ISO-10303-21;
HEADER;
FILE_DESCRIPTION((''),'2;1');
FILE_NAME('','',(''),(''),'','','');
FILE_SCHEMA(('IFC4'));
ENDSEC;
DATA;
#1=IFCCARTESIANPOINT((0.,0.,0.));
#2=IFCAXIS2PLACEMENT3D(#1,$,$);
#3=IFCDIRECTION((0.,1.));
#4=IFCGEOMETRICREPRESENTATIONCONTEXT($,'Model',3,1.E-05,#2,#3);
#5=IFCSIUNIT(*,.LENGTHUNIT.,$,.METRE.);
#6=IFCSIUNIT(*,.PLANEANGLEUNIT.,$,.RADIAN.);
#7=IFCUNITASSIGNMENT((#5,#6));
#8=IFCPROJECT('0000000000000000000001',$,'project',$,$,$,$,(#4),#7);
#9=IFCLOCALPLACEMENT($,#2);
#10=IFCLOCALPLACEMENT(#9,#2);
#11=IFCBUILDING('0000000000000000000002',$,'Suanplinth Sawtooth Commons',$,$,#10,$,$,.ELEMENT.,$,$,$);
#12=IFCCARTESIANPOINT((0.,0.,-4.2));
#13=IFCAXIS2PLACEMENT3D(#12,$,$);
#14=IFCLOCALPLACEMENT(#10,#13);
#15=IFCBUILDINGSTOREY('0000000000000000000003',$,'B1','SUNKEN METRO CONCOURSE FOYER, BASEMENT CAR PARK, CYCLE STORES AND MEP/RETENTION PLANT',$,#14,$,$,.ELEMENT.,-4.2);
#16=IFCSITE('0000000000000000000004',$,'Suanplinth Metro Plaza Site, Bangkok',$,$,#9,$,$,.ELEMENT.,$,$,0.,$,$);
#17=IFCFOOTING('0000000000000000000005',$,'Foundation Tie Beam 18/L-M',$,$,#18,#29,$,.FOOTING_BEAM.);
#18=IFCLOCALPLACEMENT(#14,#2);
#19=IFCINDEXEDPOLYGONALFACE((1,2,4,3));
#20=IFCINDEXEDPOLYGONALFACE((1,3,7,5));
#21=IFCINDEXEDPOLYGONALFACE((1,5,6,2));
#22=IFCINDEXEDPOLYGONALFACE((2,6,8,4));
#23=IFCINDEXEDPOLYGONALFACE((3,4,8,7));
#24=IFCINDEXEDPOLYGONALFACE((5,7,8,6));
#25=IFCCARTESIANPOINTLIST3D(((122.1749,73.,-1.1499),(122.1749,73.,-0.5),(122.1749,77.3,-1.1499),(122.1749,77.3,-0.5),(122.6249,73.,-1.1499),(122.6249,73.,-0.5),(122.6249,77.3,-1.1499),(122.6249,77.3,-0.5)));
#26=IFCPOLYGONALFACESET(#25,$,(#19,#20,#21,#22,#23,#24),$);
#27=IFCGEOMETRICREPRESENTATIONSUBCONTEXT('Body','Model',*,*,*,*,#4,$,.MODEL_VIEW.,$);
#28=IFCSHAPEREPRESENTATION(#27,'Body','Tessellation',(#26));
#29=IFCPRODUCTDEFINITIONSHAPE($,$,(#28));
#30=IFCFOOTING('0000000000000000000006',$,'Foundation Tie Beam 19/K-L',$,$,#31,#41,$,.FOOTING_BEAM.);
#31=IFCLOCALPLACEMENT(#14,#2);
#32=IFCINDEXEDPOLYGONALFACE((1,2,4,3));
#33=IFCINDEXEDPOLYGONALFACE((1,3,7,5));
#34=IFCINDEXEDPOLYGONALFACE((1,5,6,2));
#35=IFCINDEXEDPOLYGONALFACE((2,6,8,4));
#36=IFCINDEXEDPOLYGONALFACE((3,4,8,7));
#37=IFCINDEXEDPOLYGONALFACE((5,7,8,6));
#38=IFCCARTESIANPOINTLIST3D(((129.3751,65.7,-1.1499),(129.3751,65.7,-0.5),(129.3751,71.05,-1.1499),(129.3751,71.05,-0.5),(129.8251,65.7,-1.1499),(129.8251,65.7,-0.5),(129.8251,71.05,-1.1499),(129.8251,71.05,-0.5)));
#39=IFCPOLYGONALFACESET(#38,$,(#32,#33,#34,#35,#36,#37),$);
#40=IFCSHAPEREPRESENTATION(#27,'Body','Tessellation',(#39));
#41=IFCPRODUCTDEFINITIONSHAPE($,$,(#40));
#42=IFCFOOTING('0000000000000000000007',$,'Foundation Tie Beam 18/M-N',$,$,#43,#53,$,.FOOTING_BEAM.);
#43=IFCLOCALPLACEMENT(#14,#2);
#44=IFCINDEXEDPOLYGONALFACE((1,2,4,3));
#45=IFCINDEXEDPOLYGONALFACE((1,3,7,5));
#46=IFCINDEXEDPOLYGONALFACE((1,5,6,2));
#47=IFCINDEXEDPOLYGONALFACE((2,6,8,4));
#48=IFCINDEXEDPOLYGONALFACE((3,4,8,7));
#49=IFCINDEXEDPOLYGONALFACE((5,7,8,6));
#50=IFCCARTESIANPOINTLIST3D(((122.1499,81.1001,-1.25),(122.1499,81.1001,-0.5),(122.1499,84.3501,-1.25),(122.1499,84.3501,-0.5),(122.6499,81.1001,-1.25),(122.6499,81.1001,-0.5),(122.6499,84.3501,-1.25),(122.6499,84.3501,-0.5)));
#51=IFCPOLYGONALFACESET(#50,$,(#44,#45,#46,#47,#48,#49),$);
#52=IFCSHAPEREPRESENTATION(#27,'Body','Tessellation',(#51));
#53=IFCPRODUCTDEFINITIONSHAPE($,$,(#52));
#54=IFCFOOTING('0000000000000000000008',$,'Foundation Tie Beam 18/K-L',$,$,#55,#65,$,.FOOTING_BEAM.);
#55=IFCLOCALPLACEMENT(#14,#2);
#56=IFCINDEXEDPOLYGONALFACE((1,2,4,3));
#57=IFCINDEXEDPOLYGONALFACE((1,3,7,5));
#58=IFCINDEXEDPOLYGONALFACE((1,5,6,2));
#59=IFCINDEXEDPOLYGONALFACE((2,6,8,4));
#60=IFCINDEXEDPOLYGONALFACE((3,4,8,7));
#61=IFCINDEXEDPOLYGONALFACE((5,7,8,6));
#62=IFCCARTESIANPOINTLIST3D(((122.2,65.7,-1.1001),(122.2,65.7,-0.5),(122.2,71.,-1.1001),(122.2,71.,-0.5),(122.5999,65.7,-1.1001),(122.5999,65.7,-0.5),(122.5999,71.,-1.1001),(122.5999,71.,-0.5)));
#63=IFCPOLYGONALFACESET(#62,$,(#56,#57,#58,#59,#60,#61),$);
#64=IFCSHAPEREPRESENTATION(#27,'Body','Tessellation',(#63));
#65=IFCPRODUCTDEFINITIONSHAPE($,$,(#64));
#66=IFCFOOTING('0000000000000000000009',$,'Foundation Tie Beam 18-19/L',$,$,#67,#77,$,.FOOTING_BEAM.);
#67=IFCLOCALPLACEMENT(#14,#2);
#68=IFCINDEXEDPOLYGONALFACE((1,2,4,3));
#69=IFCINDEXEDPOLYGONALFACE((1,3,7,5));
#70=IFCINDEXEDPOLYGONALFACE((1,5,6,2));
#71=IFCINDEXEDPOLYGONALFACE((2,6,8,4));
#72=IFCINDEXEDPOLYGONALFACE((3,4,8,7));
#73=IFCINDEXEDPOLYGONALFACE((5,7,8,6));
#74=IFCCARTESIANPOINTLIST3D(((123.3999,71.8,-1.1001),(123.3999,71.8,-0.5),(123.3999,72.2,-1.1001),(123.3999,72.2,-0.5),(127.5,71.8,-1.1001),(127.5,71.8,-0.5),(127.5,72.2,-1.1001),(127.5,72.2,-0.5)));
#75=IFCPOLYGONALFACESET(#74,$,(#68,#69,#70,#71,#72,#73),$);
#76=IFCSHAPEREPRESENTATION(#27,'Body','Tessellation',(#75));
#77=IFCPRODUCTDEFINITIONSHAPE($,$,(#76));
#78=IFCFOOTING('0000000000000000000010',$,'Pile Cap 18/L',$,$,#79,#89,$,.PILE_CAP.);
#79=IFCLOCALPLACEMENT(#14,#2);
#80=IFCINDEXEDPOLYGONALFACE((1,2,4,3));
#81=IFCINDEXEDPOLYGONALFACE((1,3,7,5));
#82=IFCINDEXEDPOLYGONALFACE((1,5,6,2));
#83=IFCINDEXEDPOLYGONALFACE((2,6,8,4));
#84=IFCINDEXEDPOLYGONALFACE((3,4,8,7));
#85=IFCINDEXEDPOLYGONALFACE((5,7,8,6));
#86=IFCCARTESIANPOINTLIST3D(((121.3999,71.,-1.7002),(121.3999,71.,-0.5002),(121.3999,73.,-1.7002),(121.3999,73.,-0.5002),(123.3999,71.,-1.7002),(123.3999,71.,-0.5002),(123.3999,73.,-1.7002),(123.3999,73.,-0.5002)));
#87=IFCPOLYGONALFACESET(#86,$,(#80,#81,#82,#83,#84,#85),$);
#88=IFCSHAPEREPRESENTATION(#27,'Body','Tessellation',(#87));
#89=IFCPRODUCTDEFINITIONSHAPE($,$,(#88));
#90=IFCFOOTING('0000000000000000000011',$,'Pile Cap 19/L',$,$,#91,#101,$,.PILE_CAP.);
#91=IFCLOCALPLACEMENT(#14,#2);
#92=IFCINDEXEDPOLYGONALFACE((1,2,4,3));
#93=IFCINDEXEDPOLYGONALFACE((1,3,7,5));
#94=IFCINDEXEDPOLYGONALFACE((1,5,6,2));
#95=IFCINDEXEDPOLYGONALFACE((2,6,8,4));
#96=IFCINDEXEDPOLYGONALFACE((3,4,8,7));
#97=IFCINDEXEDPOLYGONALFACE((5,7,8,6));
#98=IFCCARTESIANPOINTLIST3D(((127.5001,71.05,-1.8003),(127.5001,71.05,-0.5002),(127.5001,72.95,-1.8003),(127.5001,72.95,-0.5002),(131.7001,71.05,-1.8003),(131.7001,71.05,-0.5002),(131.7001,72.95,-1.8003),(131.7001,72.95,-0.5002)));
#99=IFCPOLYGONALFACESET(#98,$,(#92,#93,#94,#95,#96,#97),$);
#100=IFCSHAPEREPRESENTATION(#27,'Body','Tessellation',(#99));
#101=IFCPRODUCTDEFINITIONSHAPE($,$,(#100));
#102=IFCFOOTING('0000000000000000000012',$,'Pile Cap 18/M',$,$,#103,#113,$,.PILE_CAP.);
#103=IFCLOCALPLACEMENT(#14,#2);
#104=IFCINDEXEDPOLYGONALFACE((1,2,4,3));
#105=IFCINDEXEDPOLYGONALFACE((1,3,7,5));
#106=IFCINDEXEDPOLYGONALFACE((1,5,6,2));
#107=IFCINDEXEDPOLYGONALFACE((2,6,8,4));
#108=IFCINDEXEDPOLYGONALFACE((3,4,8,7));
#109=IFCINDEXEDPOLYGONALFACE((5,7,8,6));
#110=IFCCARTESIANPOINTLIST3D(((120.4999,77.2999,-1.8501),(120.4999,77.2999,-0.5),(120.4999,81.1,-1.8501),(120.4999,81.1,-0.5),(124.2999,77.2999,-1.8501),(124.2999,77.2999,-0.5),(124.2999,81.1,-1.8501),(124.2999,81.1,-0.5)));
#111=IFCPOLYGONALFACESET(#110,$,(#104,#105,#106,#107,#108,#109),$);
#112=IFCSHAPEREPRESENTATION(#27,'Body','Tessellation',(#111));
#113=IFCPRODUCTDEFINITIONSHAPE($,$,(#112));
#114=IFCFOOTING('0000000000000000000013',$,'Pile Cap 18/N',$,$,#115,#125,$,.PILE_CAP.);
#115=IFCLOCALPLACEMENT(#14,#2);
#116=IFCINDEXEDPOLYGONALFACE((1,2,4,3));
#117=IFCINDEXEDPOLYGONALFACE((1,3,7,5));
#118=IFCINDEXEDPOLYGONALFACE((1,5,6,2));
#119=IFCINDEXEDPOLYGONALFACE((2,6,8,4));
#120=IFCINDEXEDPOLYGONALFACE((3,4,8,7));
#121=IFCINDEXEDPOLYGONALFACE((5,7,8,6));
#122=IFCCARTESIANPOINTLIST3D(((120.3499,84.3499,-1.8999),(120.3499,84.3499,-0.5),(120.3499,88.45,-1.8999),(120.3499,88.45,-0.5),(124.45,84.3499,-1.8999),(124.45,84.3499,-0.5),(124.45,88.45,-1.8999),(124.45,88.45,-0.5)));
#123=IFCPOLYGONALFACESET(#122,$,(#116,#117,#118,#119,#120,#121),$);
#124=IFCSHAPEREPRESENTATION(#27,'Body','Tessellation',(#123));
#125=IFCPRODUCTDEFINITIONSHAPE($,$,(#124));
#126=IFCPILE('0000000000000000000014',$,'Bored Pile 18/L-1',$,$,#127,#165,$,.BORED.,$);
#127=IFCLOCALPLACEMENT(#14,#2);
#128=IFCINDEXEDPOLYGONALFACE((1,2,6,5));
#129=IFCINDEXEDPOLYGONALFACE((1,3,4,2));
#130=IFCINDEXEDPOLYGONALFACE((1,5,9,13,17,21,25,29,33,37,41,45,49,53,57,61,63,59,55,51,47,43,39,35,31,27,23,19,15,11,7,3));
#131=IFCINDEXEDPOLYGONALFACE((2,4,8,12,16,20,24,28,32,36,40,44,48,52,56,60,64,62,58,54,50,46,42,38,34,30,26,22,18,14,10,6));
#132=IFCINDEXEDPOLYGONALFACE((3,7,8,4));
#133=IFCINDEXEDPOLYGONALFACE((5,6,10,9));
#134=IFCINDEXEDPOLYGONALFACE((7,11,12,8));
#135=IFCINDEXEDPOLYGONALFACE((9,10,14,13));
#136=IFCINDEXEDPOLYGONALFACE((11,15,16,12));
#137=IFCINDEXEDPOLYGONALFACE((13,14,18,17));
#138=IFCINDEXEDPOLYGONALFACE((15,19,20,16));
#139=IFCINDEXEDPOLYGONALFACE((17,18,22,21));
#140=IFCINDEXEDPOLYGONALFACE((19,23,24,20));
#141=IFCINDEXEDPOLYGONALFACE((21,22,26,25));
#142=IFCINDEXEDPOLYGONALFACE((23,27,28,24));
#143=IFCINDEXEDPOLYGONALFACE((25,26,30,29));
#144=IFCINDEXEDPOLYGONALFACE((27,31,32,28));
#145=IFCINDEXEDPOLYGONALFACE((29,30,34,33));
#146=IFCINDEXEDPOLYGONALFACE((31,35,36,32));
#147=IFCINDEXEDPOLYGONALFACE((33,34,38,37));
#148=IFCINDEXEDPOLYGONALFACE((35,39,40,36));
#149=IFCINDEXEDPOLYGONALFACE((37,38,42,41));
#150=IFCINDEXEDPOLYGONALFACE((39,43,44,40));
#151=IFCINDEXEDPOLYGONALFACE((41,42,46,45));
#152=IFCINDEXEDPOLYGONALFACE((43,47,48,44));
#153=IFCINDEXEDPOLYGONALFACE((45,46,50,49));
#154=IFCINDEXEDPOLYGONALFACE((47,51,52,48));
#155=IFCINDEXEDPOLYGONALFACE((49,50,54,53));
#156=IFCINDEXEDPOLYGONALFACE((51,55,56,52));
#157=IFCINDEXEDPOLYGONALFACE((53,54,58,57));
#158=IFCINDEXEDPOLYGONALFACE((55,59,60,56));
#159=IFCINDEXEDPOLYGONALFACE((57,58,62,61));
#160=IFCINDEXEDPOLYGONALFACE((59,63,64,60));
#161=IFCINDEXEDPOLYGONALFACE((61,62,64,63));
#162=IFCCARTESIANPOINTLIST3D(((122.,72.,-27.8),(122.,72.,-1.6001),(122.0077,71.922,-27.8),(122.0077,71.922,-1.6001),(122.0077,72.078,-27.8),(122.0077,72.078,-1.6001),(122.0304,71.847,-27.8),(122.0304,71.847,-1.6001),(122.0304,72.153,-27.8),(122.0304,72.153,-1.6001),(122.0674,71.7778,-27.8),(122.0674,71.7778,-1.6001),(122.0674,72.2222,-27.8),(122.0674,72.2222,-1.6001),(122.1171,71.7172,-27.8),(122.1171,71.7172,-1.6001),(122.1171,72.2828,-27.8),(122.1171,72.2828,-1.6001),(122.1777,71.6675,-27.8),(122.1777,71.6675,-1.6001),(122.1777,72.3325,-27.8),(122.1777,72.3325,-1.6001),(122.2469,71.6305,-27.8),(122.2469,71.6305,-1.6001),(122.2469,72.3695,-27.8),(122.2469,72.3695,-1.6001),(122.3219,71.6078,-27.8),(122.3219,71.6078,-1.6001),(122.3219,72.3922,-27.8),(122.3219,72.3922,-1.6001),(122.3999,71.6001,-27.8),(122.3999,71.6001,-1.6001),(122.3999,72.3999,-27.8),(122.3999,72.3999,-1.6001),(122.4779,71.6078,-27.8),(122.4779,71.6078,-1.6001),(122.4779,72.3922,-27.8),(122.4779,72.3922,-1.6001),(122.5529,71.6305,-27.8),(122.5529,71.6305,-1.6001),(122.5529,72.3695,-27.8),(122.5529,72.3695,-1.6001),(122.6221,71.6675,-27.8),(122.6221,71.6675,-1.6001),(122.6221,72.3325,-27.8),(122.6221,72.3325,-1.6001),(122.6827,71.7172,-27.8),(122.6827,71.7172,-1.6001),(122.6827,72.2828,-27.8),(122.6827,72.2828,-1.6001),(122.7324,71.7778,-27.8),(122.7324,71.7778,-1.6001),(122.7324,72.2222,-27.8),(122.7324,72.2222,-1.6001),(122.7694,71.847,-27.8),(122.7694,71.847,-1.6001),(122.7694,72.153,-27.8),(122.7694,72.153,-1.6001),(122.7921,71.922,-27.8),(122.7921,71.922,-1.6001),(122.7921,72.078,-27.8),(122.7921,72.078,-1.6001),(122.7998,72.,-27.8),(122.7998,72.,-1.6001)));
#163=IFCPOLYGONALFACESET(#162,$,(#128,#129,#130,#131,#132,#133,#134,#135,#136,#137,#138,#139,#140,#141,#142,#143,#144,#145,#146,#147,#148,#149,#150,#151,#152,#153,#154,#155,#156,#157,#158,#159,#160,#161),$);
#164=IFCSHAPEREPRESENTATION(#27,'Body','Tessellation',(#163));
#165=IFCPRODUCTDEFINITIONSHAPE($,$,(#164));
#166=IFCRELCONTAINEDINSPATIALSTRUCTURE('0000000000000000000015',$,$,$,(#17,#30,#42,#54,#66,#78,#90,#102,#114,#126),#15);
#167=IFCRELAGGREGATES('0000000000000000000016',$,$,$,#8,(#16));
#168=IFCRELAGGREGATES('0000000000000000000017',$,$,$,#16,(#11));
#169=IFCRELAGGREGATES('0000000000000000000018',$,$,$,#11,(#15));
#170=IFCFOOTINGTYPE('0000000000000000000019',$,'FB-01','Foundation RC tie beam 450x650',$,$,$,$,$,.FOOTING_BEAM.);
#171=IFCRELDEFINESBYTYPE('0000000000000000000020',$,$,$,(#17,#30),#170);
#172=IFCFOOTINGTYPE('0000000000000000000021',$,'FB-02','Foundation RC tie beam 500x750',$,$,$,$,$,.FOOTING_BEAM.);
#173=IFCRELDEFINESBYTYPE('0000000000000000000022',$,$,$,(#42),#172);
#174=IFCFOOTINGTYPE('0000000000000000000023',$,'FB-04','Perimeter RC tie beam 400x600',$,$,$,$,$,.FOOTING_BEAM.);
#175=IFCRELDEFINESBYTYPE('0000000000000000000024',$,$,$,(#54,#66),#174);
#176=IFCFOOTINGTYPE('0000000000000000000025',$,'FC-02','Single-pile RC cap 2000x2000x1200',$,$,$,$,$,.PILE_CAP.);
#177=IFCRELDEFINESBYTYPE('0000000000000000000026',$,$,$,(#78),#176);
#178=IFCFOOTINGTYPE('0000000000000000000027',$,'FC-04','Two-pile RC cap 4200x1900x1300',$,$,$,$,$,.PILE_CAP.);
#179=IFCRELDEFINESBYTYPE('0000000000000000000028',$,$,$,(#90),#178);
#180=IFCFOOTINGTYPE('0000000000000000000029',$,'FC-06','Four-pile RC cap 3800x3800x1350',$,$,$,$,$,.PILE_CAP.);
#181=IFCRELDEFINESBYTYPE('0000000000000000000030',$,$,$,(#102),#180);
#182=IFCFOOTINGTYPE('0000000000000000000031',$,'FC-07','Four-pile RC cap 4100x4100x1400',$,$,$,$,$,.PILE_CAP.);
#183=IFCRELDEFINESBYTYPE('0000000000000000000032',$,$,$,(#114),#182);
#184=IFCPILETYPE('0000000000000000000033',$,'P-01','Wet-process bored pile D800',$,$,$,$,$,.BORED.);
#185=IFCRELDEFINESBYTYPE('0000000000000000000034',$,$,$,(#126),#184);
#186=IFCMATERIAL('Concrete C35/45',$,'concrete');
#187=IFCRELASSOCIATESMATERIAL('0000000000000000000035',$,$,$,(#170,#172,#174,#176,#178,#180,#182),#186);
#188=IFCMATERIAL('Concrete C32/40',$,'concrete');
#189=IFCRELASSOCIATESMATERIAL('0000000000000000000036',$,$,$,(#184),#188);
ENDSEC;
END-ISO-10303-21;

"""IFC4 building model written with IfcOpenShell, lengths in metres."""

from ifc_helpers import new_model, si_unit, direction, frame, origin, origin_2d, place, context, subcontext, project, spatial, rectangle, circle, extrude, material, material_profile, profile_set, type_object, element, save


model = new_model("IFC4")

# Units and contexts
model_context = context("Model", 3, precision=1e-05, world=origin(), true_north=direction((0.0, 1.0)))
body_context = subcontext(model_context, "Body", "Model", "MODEL_VIEW")
ifc_project = project(units=[si_unit("LENGTHUNIT", "METRE"), si_unit("PLANEANGLEUNIT", "RADIAN")], contexts=[model_context])

# Site, building, storey
site_placement = place(None, origin())
site = spatial("IfcSite", under=ifc_project, at=site_placement, Name="Suanplinth Metro Plaza Site, Bangkok", CompositionType="ELEMENT", RefElevation=0.0)
building_placement = place(site_placement, origin())
building = spatial("IfcBuilding", under=site, at=building_placement, Name="Suanplinth Sawtooth Commons", CompositionType="ELEMENT")
storey_placement = place(building_placement, frame((0.0, 0.0, -4.2)))
storey = spatial("IfcBuildingStorey", under=building, at=storey_placement, Name="B1", Description="SUNKEN METRO CONCOURSE FOYER, BASEMENT CAR PARK, CYCLE STORES AND MEP/RETENTION PLANT", CompositionType="ELEMENT", Elevation=-4.2)

# Footings
ifc_material_1 = material(Name="Concrete C35/45", Category="concrete")
ifc_material_profile_1 = material_profile(ifc_material_1, rectangle(XDim=0.45, YDim=0.6499, at=origin_2d()), Name="PC-GDR 450x650")
ifc_profile_set_1 = profile_set([ifc_material_profile_1], Name="Concrete C35/45")
footing_type_1 = type_object("IfcFootingType", Name="FB-01", Description="Foundation RC tie beam 450x650", PredefinedType="FOOTING_BEAM", material=ifc_profile_set_1)
footing_1_placement = place(storey_placement, frame((122.3999, 73.0, -0.825), z_axis=(0.0, 1.0, 0.0), x_axis=(-1.0, 0.0, 0.0)))
element("IfcFooting", 1, at=footing_1_placement, inside=storey, type_object=footing_type_1, Name="Foundation Tie Beam 18/L-M", PredefinedType="FOOTING_BEAM", context=body_context, shape_type="SweptSolid", body=[
    extrude(rectangle(XDim=0.45, YDim=0.6499, at=origin_2d()), origin(), (0.0, 0.0, 1.0), 4.3),
])
footing_2_placement = place(storey_placement, frame((129.6001, 65.7, -0.825), z_axis=(0.0, 1.0, 0.0), x_axis=(-1.0, 0.0, 0.0)))
element("IfcFooting", 2, at=footing_2_placement, inside=storey, type_object=footing_type_1, Name="Foundation Tie Beam 19/K-L", PredefinedType="FOOTING_BEAM", context=body_context, shape_type="SweptSolid", body=[
    extrude(rectangle(XDim=0.45, YDim=0.6499, at=origin_2d()), origin(), (0.0, 0.0, 1.0), 5.3501),
])
ifc_material_profile_2 = material_profile(ifc_material_1, rectangle(XDim=0.5, YDim=0.75, at=origin_2d()), Name="RC-GDR 500x750")
ifc_profile_set_2 = profile_set([ifc_material_profile_2], Name="Concrete C35/45")
footing_type_2 = type_object("IfcFootingType", Name="FB-02", Description="Foundation RC tie beam 500x750", PredefinedType="FOOTING_BEAM", material=ifc_profile_set_2)
footing_3_placement = place(storey_placement, frame((122.3999, 81.1001, -0.875), z_axis=(0.0, 1.0, 0.0), x_axis=(-1.0, 0.0, 0.0)))
element("IfcFooting", 3, at=footing_3_placement, inside=storey, type_object=footing_type_2, Name="Foundation Tie Beam 18/M-N", PredefinedType="FOOTING_BEAM", context=body_context, shape_type="SweptSolid", body=[
    extrude(rectangle(XDim=0.5, YDim=0.75, at=origin_2d()), origin(), (0.0, 0.0, 1.0), 3.25),
])
ifc_material_profile_3 = material_profile(ifc_material_1, rectangle(XDim=0.3999, YDim=0.6001, at=origin_2d()), Name="PC-GDR 400x600")
ifc_profile_set_3 = profile_set([ifc_material_profile_3], Name="Concrete C35/45")
footing_type_3 = type_object("IfcFootingType", Name="FB-04", Description="Perimeter RC tie beam 400x600", PredefinedType="FOOTING_BEAM", material=ifc_profile_set_3)
footing_4_placement = place(storey_placement, frame((122.3999, 65.7, -0.8), z_axis=(0.0, 1.0, 0.0), x_axis=(-1.0, 0.0, 0.0)))
element("IfcFooting", 4, at=footing_4_placement, inside=storey, type_object=footing_type_3, Name="Foundation Tie Beam 18/K-L", PredefinedType="FOOTING_BEAM", context=body_context, shape_type="SweptSolid", body=[
    extrude(rectangle(XDim=0.3999, YDim=0.6001, at=origin_2d()), origin(), (0.0, 0.0, 1.0), 5.3),
])
footing_5_placement = place(storey_placement, frame((123.3999, 72.0, -0.8), z_axis=(1.0, 0.0, 0.0), x_axis=(0.0, 1.0, 0.0)))
element("IfcFooting", 5, at=footing_5_placement, inside=storey, type_object=footing_type_3, Name="Foundation Tie Beam 18-19/L", PredefinedType="FOOTING_BEAM", context=body_context, shape_type="SweptSolid", body=[
    extrude(rectangle(XDim=0.3999, YDim=0.6001, at=origin_2d()), origin(), (0.0, 0.0, 1.0), 4.1001),
])
footing_type_4 = type_object("IfcFootingType", Name="FC-02", Description="Single-pile RC cap 2000x2000x1200", PredefinedType="PILE_CAP", material=ifc_material_1)
footing_6_placement = place(storey_placement, frame((122.3999, 72.0, -1.7002), z_axis=(0.0, 0.0, 1.0), x_axis=(1.0, 0.0, 0.0)))
element("IfcFooting", 6, at=footing_6_placement, inside=storey, type_object=footing_type_4, Name="Pile Cap 18/L", PredefinedType="PILE_CAP", context=body_context, shape_type="SweptSolid", body=[
    extrude(rectangle(XDim=2.0, YDim=2.0, at=origin_2d()), origin(), (0.0, 0.0, 1.0), 1.2),
])
footing_type_5 = type_object("IfcFootingType", Name="FC-04", Description="Two-pile RC cap 4200x1900x1300", PredefinedType="PILE_CAP", material=ifc_material_1)
footing_7_placement = place(storey_placement, frame((129.6001, 72.0, -1.8003), z_axis=(0.0, 0.0, 1.0), x_axis=(1.0, 0.0, 0.0)))
element("IfcFooting", 7, at=footing_7_placement, inside=storey, type_object=footing_type_5, Name="Pile Cap 19/L", PredefinedType="PILE_CAP", context=body_context, shape_type="SweptSolid", body=[
    extrude(rectangle(XDim=4.2, YDim=1.8999, at=origin_2d()), origin(), (0.0, 0.0, 1.0), 1.3),
])
footing_type_6 = type_object("IfcFootingType", Name="FC-06", Description="Four-pile RC cap 3800x3800x1350", PredefinedType="PILE_CAP", material=ifc_material_1)
footing_8_placement = place(storey_placement, frame((122.3999, 79.2, -1.8501), z_axis=(0.0, 0.0, 1.0), x_axis=(1.0, 0.0, 0.0)))
element("IfcFooting", 8, at=footing_8_placement, inside=storey, type_object=footing_type_6, Name="Pile Cap 18/M", PredefinedType="PILE_CAP", context=body_context, shape_type="SweptSolid", body=[
    extrude(rectangle(XDim=3.8, YDim=3.8, at=origin_2d()), origin(), (0.0, 0.0, 1.0), 1.3501),
])
footing_type_7 = type_object("IfcFootingType", Name="FC-07", Description="Four-pile RC cap 4100x4100x1400", PredefinedType="PILE_CAP", material=ifc_material_1)
footing_9_placement = place(storey_placement, frame((122.3999, 86.3999, -1.8999), z_axis=(0.0, 0.0, 1.0), x_axis=(1.0, 0.0, 0.0)))
element("IfcFooting", 9, at=footing_9_placement, inside=storey, type_object=footing_type_7, Name="Pile Cap 18/N", PredefinedType="PILE_CAP", context=body_context, shape_type="SweptSolid", body=[
    extrude(rectangle(XDim=4.1001, YDim=4.1001, at=origin_2d()), origin(), (0.0, 0.0, 1.0), 1.3999),
])

# Pile
ifc_material_2 = material(Name="Concrete C32/40", Category="concrete")
ifc_material_profile_4 = material_profile(ifc_material_2, circle(Radius=0.3999, at=origin_2d()), Name="PILE D800")
ifc_profile_set_4 = profile_set([ifc_material_profile_4], Name="Concrete C32/40")
pile_type_1 = type_object("IfcPileType", Name="P-01", Description="Wet-process bored pile D800", PredefinedType="BORED", material=ifc_profile_set_4)
pile_1_placement = place(storey_placement, frame((122.3999, 72.0, -1.6001), z_axis=(0.0, 0.0, -1.0), x_axis=(1.0, 0.0, 0.0)))
element("IfcPile", 10, at=pile_1_placement, inside=storey, type_object=pile_type_1, Name="Bored Pile 18/L-1", PredefinedType="BORED", context=body_context, shape_type="SweptSolid", body=[
    extrude(circle(Radius=0.3999, at=origin_2d()), origin(), (0.0, 0.0, 1.0), 26.2),
])

save(model, "model.ifc")
